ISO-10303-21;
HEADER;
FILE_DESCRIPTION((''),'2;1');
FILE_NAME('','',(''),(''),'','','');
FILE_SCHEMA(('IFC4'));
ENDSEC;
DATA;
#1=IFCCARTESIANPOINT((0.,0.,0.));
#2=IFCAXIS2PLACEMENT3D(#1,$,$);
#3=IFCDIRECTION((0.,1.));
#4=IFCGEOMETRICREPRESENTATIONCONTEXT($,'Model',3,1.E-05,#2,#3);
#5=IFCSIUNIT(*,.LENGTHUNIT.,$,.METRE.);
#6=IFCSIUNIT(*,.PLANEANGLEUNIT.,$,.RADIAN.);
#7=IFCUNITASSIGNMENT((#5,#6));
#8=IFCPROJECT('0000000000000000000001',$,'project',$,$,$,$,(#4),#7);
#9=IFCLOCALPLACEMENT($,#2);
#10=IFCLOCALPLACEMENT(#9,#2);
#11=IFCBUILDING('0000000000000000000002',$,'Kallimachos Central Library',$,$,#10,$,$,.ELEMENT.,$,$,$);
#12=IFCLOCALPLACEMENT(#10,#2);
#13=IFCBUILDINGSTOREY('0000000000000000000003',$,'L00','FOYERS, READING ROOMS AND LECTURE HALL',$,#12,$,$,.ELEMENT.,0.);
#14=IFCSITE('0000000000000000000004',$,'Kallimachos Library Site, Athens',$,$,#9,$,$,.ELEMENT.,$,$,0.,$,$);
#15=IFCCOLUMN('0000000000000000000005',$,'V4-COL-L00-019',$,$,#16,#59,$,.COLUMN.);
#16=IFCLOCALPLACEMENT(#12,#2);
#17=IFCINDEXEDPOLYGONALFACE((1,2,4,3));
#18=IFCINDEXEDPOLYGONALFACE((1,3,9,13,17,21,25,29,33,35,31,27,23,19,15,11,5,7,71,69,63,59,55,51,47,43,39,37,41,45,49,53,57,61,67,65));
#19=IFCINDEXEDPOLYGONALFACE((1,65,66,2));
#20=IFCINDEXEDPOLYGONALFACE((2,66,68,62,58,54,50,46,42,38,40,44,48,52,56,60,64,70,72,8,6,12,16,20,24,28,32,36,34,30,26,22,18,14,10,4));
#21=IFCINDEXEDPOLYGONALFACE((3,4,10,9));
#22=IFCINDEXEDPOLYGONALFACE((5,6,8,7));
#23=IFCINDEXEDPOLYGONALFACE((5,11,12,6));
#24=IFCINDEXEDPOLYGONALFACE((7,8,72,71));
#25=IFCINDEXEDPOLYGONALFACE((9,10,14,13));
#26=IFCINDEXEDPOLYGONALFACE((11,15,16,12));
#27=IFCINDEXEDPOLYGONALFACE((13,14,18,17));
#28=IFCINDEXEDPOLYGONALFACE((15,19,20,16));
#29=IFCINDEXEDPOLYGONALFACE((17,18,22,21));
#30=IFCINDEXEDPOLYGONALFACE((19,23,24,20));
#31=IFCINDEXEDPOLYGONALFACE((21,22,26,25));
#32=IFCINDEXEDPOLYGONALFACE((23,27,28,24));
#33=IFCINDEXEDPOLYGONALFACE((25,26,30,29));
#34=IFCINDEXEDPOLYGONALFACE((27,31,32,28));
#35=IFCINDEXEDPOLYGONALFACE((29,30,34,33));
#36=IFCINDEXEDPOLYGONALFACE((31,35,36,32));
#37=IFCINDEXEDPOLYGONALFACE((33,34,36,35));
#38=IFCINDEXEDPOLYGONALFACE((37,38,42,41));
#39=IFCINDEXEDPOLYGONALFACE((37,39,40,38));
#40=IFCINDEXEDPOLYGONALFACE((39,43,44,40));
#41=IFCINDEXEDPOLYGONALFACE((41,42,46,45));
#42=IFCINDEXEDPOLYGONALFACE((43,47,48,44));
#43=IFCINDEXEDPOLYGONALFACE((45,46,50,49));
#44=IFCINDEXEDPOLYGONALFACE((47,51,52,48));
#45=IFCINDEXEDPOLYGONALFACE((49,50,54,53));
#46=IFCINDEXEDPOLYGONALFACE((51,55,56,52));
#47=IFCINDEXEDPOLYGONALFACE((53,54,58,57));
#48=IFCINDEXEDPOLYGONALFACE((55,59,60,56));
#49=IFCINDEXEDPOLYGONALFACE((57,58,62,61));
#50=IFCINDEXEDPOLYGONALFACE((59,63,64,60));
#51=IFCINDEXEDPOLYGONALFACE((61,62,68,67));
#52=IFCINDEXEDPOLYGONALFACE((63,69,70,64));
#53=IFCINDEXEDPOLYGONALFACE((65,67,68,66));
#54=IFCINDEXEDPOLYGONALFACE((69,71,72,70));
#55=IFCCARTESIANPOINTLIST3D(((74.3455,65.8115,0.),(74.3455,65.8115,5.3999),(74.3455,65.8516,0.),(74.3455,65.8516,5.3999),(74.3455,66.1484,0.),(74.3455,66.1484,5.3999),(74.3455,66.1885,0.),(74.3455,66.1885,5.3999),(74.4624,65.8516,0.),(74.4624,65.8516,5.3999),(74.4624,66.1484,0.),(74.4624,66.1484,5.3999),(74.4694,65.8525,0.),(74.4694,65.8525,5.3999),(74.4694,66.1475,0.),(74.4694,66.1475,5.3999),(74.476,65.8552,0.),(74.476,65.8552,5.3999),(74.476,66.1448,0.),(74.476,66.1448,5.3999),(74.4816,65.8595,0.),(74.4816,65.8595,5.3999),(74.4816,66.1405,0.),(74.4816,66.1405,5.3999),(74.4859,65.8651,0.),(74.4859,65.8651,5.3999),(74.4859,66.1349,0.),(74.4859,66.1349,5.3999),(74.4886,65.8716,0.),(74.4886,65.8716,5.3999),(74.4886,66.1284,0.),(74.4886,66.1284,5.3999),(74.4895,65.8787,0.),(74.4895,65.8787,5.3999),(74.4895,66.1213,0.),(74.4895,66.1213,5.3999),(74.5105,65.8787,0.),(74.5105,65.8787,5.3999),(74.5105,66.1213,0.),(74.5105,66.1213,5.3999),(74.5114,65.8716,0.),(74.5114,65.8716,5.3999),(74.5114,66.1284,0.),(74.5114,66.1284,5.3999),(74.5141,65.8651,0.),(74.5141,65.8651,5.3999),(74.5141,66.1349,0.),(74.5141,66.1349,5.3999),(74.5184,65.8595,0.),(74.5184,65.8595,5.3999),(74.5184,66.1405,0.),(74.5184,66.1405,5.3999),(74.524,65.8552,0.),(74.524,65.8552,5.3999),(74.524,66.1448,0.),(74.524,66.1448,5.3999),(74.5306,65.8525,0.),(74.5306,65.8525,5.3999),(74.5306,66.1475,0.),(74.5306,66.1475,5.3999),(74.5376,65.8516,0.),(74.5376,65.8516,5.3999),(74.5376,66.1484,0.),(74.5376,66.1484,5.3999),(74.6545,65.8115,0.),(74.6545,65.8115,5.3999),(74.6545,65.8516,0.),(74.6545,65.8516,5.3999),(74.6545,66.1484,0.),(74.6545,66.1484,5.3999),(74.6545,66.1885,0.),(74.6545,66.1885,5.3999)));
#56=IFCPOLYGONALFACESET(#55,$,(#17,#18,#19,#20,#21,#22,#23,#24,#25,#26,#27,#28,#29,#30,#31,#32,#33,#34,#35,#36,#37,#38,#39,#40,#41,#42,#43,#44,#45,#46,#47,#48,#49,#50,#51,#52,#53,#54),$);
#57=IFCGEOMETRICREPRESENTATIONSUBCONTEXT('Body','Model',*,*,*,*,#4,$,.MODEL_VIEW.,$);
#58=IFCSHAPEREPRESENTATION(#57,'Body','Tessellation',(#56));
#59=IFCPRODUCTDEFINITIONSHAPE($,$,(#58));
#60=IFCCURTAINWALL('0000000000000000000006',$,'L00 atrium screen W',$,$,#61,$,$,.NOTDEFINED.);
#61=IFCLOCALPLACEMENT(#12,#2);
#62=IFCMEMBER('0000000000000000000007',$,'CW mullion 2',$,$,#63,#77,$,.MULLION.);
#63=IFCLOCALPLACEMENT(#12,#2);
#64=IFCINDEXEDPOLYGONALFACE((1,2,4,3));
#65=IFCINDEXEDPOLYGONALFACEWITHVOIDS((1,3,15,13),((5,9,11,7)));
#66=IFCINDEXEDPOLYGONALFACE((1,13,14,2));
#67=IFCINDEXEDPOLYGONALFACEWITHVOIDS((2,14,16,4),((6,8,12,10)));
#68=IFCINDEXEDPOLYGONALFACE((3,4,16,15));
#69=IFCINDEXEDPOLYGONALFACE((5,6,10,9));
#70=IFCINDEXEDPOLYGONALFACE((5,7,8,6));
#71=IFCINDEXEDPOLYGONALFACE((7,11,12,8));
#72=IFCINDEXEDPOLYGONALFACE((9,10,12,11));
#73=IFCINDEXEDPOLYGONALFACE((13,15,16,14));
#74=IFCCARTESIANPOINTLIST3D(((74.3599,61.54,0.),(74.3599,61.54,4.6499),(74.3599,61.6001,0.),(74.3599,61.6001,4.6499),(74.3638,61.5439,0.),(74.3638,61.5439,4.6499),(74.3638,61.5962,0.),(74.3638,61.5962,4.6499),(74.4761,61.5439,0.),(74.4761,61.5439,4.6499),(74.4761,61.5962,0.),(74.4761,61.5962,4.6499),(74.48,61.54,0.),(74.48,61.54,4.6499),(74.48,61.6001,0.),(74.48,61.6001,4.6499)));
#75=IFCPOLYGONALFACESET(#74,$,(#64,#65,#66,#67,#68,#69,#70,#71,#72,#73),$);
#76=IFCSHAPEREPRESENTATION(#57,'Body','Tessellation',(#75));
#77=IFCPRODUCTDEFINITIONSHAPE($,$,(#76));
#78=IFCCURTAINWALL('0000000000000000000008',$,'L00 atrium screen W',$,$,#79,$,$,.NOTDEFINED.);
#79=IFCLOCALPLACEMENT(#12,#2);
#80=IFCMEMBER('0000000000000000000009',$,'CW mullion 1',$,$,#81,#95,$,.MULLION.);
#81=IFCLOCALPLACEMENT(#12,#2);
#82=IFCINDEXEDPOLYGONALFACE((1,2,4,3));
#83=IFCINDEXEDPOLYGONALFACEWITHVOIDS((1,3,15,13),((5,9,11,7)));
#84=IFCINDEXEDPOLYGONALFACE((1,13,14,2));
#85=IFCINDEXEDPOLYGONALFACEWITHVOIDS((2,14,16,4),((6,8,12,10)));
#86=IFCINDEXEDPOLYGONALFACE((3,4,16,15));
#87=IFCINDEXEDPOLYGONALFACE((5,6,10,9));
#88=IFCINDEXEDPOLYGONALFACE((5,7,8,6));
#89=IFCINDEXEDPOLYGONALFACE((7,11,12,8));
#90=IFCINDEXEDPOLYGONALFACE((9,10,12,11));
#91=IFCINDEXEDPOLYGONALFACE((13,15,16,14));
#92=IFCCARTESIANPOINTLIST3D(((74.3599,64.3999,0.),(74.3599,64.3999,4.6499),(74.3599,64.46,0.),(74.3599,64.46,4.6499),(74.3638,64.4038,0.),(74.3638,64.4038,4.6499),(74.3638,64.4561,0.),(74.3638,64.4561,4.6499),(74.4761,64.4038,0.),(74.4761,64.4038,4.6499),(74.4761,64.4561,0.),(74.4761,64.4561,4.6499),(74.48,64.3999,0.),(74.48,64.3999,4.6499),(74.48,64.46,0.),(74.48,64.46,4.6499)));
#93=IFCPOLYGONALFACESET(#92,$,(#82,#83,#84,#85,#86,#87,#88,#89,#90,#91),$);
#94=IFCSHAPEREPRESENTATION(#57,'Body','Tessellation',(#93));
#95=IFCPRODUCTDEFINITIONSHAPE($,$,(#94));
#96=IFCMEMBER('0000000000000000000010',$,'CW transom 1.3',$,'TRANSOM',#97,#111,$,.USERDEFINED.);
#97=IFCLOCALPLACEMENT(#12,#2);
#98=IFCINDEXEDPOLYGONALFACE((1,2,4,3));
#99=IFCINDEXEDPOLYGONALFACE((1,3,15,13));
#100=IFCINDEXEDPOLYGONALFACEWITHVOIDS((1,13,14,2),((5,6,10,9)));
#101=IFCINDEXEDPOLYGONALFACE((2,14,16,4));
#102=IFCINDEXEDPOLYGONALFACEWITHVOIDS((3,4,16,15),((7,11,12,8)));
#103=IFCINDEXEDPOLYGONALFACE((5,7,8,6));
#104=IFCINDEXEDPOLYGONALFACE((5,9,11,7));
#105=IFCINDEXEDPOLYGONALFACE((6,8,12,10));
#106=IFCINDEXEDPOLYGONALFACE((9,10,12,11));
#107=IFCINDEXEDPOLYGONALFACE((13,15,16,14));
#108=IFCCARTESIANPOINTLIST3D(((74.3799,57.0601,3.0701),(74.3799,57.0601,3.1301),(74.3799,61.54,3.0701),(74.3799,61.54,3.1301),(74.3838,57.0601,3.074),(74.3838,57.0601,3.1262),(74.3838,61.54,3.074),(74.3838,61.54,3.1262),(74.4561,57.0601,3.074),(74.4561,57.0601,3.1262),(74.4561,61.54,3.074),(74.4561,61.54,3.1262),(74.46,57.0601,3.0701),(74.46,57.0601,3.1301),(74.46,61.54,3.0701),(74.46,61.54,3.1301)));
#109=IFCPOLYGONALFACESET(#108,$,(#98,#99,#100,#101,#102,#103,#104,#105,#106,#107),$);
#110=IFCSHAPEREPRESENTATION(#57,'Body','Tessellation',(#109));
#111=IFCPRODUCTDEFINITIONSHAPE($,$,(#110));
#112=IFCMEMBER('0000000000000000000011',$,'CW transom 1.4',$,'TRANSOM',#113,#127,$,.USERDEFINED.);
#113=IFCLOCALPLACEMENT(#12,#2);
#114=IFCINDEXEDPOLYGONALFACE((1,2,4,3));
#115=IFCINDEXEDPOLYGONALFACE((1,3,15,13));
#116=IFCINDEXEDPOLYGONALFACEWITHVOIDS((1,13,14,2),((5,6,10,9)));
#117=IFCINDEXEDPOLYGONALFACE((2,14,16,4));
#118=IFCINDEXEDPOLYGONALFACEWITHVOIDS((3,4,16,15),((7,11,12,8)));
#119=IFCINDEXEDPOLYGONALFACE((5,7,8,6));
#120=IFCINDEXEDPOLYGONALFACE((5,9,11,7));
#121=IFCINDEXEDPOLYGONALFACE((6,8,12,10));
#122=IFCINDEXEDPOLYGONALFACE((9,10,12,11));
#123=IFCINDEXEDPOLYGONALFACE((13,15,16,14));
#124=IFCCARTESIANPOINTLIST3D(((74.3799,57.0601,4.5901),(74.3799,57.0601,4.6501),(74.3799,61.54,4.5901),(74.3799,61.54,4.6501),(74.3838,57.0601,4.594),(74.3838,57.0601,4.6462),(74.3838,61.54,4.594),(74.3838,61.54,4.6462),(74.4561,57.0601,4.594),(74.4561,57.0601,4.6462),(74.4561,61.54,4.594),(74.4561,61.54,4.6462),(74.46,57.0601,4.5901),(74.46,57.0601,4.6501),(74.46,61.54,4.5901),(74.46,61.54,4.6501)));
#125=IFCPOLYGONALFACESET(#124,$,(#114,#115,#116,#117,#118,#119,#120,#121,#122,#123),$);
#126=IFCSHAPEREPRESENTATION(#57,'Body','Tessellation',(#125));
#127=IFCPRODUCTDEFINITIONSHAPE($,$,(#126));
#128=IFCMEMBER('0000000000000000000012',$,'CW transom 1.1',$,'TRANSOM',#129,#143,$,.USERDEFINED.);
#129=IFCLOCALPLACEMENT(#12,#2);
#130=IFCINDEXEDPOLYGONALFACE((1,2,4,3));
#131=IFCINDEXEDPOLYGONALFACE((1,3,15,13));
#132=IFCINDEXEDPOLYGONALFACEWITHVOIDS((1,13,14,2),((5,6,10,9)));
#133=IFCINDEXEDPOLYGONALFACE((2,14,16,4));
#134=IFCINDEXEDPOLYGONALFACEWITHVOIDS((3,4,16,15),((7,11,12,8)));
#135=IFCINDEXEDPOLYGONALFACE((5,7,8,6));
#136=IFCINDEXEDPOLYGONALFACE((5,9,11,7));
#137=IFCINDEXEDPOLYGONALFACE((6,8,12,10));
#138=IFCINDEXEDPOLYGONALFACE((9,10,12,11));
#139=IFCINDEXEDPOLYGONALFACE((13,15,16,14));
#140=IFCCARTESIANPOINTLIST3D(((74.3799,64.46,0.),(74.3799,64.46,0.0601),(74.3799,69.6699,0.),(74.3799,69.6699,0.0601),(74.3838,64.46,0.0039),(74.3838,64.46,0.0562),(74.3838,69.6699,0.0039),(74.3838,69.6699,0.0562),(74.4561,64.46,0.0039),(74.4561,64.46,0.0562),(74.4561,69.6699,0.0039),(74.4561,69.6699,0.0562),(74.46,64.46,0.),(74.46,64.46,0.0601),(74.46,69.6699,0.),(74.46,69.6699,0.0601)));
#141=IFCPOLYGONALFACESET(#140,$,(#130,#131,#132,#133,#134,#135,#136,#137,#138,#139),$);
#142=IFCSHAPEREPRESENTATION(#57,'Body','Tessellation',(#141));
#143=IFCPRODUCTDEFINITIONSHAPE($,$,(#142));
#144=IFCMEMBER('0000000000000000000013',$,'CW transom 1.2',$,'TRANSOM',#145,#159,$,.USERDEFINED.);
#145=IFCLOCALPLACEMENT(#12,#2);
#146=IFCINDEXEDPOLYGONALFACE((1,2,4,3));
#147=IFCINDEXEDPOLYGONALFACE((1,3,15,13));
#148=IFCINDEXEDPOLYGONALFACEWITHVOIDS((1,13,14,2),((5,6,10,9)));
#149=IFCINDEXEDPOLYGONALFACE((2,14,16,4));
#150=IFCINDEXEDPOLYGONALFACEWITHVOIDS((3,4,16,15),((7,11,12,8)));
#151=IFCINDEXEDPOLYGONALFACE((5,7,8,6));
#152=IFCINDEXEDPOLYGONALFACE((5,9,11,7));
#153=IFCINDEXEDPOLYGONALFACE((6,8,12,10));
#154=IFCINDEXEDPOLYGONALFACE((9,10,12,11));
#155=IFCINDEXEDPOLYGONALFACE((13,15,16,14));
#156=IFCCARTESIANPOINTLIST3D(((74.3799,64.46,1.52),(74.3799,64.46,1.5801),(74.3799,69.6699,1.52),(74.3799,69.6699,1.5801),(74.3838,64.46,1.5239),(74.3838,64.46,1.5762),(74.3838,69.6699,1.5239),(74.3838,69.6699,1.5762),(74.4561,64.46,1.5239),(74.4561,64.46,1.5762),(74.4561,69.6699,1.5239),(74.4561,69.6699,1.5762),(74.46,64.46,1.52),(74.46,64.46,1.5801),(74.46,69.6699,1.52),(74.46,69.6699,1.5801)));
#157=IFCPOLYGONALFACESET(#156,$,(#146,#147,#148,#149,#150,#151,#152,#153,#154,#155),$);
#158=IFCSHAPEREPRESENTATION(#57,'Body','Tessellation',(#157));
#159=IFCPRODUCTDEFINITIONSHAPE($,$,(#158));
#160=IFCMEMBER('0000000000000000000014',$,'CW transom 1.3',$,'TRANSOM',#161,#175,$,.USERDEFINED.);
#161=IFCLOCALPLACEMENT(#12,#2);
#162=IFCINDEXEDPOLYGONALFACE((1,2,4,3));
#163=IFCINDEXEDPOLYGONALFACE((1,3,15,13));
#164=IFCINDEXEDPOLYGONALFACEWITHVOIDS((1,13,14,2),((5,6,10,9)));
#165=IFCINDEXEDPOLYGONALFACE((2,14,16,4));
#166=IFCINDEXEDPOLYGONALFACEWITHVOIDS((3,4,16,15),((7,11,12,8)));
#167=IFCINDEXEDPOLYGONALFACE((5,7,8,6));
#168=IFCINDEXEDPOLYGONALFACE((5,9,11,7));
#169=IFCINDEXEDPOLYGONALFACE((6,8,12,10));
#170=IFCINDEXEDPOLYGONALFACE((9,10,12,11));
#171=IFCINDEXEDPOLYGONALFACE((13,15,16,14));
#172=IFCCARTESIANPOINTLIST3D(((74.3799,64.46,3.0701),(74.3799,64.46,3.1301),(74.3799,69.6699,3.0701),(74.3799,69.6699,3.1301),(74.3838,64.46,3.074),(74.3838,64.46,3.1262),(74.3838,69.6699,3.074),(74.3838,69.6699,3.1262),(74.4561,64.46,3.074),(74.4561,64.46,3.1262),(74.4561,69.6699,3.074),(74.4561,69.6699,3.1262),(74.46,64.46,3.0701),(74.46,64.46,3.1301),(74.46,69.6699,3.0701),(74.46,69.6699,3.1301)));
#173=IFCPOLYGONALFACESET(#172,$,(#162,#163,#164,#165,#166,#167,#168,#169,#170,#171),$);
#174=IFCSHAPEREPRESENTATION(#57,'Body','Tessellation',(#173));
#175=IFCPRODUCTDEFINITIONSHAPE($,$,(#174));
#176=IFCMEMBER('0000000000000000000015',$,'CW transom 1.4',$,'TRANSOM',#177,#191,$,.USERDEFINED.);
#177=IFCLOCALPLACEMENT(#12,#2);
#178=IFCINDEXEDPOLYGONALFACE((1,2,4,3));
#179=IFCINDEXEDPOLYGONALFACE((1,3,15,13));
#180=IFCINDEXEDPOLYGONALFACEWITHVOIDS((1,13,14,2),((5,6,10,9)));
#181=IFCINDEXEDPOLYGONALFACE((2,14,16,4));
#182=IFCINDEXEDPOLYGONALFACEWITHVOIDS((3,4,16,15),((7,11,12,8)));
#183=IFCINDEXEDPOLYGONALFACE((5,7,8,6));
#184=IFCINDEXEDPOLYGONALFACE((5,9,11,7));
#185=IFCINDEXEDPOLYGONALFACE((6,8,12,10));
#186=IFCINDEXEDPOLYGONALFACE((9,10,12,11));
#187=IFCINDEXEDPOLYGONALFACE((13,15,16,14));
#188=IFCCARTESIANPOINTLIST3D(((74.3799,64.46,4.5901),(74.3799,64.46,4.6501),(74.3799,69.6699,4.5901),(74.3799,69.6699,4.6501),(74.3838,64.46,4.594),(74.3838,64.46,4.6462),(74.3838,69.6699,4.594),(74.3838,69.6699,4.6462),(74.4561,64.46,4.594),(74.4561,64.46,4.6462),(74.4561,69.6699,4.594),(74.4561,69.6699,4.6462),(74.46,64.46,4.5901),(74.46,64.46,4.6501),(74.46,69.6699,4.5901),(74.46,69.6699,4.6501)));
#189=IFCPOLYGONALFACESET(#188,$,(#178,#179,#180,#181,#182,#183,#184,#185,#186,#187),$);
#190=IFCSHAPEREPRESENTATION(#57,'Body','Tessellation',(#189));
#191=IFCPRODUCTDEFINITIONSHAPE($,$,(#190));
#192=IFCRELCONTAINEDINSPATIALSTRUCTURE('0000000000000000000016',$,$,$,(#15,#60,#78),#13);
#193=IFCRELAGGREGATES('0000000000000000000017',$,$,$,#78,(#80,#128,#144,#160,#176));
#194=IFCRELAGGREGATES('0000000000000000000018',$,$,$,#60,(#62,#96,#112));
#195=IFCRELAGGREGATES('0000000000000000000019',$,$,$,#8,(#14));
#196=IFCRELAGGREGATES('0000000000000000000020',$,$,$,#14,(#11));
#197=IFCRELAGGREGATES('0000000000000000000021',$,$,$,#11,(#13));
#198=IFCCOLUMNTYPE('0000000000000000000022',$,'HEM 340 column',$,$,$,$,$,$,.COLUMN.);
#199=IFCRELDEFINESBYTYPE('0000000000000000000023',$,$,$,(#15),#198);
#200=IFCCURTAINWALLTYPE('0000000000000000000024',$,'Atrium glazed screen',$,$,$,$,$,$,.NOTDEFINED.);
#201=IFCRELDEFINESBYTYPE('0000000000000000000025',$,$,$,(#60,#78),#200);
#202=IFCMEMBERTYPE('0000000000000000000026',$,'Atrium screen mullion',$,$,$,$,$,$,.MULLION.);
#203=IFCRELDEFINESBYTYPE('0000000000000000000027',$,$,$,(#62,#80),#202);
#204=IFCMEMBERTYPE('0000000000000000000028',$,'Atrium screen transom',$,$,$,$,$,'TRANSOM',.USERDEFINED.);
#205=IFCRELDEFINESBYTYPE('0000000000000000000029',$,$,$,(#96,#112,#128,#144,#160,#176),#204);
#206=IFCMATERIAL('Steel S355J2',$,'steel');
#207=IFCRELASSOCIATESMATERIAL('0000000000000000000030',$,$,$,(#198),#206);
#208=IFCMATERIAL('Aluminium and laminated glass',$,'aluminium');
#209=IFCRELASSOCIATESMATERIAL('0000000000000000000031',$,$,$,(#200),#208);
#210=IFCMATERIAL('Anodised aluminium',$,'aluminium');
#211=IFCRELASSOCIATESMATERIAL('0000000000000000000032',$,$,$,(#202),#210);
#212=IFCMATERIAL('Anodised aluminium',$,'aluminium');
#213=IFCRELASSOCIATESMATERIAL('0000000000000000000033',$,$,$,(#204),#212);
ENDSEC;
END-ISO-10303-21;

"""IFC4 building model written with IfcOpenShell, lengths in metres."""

from ifc_helpers import new_model, si_unit, direction, frame, origin, origin_2d, place, context, subcontext, project, spatial, hollow_rectangle, i_section, extrude, material, material_profile, profile_set, type_object, element, aggregate, save


model = new_model("IFC4")

# Units and contexts
model_context = context("Model", 3, precision=1e-05, world=origin(), true_north=direction((0.0, 1.0)))
body_context = subcontext(model_context, "Body", "Model", "MODEL_VIEW")
ifc_project = project(units=[si_unit("LENGTHUNIT", "METRE"), si_unit("PLANEANGLEUNIT", "RADIAN")], contexts=[model_context])

# Site, building, storey
site_placement = place(None, origin())
site = spatial("IfcSite", under=ifc_project, at=site_placement, Name="Kallimachos Library Site, Athens", CompositionType="ELEMENT", RefElevation=0.0)
building_placement = place(site_placement, origin())
building = spatial("IfcBuilding", under=site, at=building_placement, Name="Kallimachos Central Library", CompositionType="ELEMENT")
storey_placement = place(building_placement, origin())
storey = spatial("IfcBuildingStorey", under=building, at=storey_placement, Name="L00", Description="FOYERS, READING ROOMS AND LECTURE HALL", CompositionType="ELEMENT", Elevation=0.0)

# Column
ifc_material_1 = material(Name="Steel S355J2", Category="steel")
ifc_material_profile_1 = material_profile(ifc_material_1, i_section(OverallWidth=0.3091, OverallDepth=0.377, WebThickness=0.021, FlangeThickness=0.04, FilletRadius=0.0271, at=origin_2d()), Name="HEM 340")
ifc_profile_set_1 = profile_set([ifc_material_profile_1], Name="Steel S355J2")
column_type = type_object("IfcColumnType", Name="HEM 340 column", PredefinedType="COLUMN", material=ifc_profile_set_1)
for number, where, z_axis, x_axis, name in (
    (1, (74.5, 66.0, 0.0), (0.0, 0.0, 1.0), (1.0, 0.0, 0.0), "V4-COL-L00-019"),
):
    element("IfcColumn", number, at=place(storey_placement, frame(where, z_axis=z_axis, x_axis=x_axis)), inside=storey, type_object=column_type, Name=name, PredefinedType="COLUMN", context=body_context, shape_type="SweptSolid", body=[
        extrude(i_section(OverallWidth=0.3091, OverallDepth=0.377, WebThickness=0.021, FlangeThickness=0.04, FilletRadius=0.0271, at=origin_2d()), origin(), (0.0, 0.0, 1.0), 5.3999),
    ])

# Curtain walls, members
ifc_material_2 = material(Name="Aluminium and laminated glass", Category="aluminium")
curtain_wall_type = type_object("IfcCurtainWallType", Name="Atrium glazed screen", PredefinedType="NOTDEFINED", material=ifc_material_2)
curtain_wall_1_placement = place(storey_placement, origin())
curtain_wall_1 = element("IfcCurtainWall", 2, at=curtain_wall_1_placement, inside=storey, type_object=curtain_wall_type, Name="L00 atrium screen W", PredefinedType="NOTDEFINED")
ifc_material_3 = material(Name="Anodised aluminium", Category="aluminium")
ifc_material_profile_2 = material_profile(ifc_material_3, hollow_rectangle(XDim=0.0601, YDim=0.1201, WallThickness=0.0039, at=origin_2d()), Name="ALU MULLION 60x120")
ifc_profile_set_2 = profile_set([ifc_material_profile_2], Name="Anodised aluminium")
member_type_1 = type_object("IfcMemberType", Name="Atrium screen mullion", PredefinedType="MULLION", material=ifc_profile_set_2)
member_1_placement = place(storey_placement, frame((74.4199, 61.5701, 0.0), z_axis=(0.0, 0.0, 1.0), x_axis=(0.0, 1.0, 0.0)))
member_1 = element("IfcMember", 3, at=member_1_placement, type_object=member_type_1, Name="CW mullion 2", PredefinedType="MULLION", context=body_context, shape_type="SweptSolid", body=[
    extrude(hollow_rectangle(XDim=0.0601, YDim=0.1201, WallThickness=0.0039, at=origin_2d()), origin(), (0.0, 0.0, 1.0), 4.6499),
])
curtain_wall_2_placement = place(storey_placement, origin())
curtain_wall_2 = element("IfcCurtainWall", 4, at=curtain_wall_2_placement, inside=storey, type_object=curtain_wall_type, Name="L00 atrium screen W", PredefinedType="NOTDEFINED")
member_2_placement = place(storey_placement, frame((74.4199, 64.4299, 0.0), z_axis=(0.0, 0.0, 1.0), x_axis=(0.0, 1.0, 0.0)))
member_2 = element("IfcMember", 5, at=member_2_placement, type_object=member_type_1, Name="CW mullion 1", PredefinedType="MULLION", context=body_context, shape_type="SweptSolid", body=[
    extrude(hollow_rectangle(XDim=0.0601, YDim=0.1201, WallThickness=0.0039, at=origin_2d()), origin(), (0.0, 0.0, 1.0), 4.6499),
])

# Members
ifc_material_4 = material(Name="Anodised aluminium", Category="aluminium")
ifc_material_profile_3 = material_profile(ifc_material_4, hollow_rectangle(XDim=0.0601, YDim=0.0801, WallThickness=0.0039, at=origin_2d()), Name="ALU TRANSOM 60x80")
ifc_profile_set_3 = profile_set([ifc_material_profile_3], Name="Anodised aluminium")
member_type_2 = type_object("IfcMemberType", Name="Atrium screen transom", ElementType="TRANSOM", PredefinedType="USERDEFINED", material=ifc_profile_set_3)
member_3_placement = place(storey_placement, frame((74.4199, 57.0601, 3.1001), z_axis=(0.0, 1.0, 0.0), x_axis=(0.0, 0.0, 1.0)))
member_3 = element("IfcMember", 6, at=member_3_placement, type_object=member_type_2, Name="CW transom 1.3", ObjectType="TRANSOM", PredefinedType="USERDEFINED", context=body_context, shape_type="SweptSolid", body=[
    extrude(hollow_rectangle(XDim=0.0601, YDim=0.0801, WallThickness=0.0039, at=origin_2d()), origin(), (0.0, 0.0, 1.0), 4.48),
])
member_4_placement = place(storey_placement, frame((74.4199, 57.0601, 4.6201), z_axis=(0.0, 1.0, 0.0), x_axis=(0.0, 0.0, 1.0)))
member_4 = element("IfcMember", 7, at=member_4_placement, type_object=member_type_2, Name="CW transom 1.4", ObjectType="TRANSOM", PredefinedType="USERDEFINED", context=body_context, shape_type="SweptSolid", body=[
    extrude(hollow_rectangle(XDim=0.0601, YDim=0.0801, WallThickness=0.0039, at=origin_2d()), origin(), (0.0, 0.0, 1.0), 4.48),
])
member_5_placement = place(storey_placement, frame((74.4199, 64.46, 0.03), z_axis=(0.0, 1.0, 0.0), x_axis=(0.0, 0.0, 1.0)))
member_5 = element("IfcMember", 8, at=member_5_placement, type_object=member_type_2, Name="CW transom 1.1", ObjectType="TRANSOM", PredefinedType="USERDEFINED", context=body_context, shape_type="SweptSolid", body=[
    extrude(hollow_rectangle(XDim=0.0601, YDim=0.0801, WallThickness=0.0039, at=origin_2d()), origin(), (0.0, 0.0, 1.0), 5.21),
])
member_6_placement = place(storey_placement, frame((74.4199, 64.46, 1.55), z_axis=(0.0, 1.0, 0.0), x_axis=(0.0, 0.0, 1.0)))
member_6 = element("IfcMember", 9, at=member_6_placement, type_object=member_type_2, Name="CW transom 1.2", ObjectType="TRANSOM", PredefinedType="USERDEFINED", context=body_context, shape_type="SweptSolid", body=[
    extrude(hollow_rectangle(XDim=0.0601, YDim=0.0801, WallThickness=0.0039, at=origin_2d()), origin(), (0.0, 0.0, 1.0), 5.21),
])
member_7_placement = place(storey_placement, frame((74.4199, 64.46, 3.1001), z_axis=(0.0, 1.0, 0.0), x_axis=(0.0, 0.0, 1.0)))
member_7 = element("IfcMember", 10, at=member_7_placement, type_object=member_type_2, Name="CW transom 1.3", ObjectType="TRANSOM", PredefinedType="USERDEFINED", context=body_context, shape_type="SweptSolid", body=[
    extrude(hollow_rectangle(XDim=0.0601, YDim=0.0801, WallThickness=0.0039, at=origin_2d()), origin(), (0.0, 0.0, 1.0), 5.21),
])
member_8_placement = place(storey_placement, frame((74.4199, 64.46, 4.6201), z_axis=(0.0, 1.0, 0.0), x_axis=(0.0, 0.0, 1.0)))
member_8 = element("IfcMember", 11, at=member_8_placement, type_object=member_type_2, Name="CW transom 1.4", ObjectType="TRANSOM", PredefinedType="USERDEFINED", context=body_context, shape_type="SweptSolid", body=[
    extrude(hollow_rectangle(XDim=0.0601, YDim=0.0801, WallThickness=0.0039, at=origin_2d()), origin(), (0.0, 0.0, 1.0), 5.21),
])
aggregate(curtain_wall_2, [member_2, member_5, member_6, member_7, member_8])

aggregate(curtain_wall_1, [member_1, member_3, member_4])

save(model, "model.ifc")
